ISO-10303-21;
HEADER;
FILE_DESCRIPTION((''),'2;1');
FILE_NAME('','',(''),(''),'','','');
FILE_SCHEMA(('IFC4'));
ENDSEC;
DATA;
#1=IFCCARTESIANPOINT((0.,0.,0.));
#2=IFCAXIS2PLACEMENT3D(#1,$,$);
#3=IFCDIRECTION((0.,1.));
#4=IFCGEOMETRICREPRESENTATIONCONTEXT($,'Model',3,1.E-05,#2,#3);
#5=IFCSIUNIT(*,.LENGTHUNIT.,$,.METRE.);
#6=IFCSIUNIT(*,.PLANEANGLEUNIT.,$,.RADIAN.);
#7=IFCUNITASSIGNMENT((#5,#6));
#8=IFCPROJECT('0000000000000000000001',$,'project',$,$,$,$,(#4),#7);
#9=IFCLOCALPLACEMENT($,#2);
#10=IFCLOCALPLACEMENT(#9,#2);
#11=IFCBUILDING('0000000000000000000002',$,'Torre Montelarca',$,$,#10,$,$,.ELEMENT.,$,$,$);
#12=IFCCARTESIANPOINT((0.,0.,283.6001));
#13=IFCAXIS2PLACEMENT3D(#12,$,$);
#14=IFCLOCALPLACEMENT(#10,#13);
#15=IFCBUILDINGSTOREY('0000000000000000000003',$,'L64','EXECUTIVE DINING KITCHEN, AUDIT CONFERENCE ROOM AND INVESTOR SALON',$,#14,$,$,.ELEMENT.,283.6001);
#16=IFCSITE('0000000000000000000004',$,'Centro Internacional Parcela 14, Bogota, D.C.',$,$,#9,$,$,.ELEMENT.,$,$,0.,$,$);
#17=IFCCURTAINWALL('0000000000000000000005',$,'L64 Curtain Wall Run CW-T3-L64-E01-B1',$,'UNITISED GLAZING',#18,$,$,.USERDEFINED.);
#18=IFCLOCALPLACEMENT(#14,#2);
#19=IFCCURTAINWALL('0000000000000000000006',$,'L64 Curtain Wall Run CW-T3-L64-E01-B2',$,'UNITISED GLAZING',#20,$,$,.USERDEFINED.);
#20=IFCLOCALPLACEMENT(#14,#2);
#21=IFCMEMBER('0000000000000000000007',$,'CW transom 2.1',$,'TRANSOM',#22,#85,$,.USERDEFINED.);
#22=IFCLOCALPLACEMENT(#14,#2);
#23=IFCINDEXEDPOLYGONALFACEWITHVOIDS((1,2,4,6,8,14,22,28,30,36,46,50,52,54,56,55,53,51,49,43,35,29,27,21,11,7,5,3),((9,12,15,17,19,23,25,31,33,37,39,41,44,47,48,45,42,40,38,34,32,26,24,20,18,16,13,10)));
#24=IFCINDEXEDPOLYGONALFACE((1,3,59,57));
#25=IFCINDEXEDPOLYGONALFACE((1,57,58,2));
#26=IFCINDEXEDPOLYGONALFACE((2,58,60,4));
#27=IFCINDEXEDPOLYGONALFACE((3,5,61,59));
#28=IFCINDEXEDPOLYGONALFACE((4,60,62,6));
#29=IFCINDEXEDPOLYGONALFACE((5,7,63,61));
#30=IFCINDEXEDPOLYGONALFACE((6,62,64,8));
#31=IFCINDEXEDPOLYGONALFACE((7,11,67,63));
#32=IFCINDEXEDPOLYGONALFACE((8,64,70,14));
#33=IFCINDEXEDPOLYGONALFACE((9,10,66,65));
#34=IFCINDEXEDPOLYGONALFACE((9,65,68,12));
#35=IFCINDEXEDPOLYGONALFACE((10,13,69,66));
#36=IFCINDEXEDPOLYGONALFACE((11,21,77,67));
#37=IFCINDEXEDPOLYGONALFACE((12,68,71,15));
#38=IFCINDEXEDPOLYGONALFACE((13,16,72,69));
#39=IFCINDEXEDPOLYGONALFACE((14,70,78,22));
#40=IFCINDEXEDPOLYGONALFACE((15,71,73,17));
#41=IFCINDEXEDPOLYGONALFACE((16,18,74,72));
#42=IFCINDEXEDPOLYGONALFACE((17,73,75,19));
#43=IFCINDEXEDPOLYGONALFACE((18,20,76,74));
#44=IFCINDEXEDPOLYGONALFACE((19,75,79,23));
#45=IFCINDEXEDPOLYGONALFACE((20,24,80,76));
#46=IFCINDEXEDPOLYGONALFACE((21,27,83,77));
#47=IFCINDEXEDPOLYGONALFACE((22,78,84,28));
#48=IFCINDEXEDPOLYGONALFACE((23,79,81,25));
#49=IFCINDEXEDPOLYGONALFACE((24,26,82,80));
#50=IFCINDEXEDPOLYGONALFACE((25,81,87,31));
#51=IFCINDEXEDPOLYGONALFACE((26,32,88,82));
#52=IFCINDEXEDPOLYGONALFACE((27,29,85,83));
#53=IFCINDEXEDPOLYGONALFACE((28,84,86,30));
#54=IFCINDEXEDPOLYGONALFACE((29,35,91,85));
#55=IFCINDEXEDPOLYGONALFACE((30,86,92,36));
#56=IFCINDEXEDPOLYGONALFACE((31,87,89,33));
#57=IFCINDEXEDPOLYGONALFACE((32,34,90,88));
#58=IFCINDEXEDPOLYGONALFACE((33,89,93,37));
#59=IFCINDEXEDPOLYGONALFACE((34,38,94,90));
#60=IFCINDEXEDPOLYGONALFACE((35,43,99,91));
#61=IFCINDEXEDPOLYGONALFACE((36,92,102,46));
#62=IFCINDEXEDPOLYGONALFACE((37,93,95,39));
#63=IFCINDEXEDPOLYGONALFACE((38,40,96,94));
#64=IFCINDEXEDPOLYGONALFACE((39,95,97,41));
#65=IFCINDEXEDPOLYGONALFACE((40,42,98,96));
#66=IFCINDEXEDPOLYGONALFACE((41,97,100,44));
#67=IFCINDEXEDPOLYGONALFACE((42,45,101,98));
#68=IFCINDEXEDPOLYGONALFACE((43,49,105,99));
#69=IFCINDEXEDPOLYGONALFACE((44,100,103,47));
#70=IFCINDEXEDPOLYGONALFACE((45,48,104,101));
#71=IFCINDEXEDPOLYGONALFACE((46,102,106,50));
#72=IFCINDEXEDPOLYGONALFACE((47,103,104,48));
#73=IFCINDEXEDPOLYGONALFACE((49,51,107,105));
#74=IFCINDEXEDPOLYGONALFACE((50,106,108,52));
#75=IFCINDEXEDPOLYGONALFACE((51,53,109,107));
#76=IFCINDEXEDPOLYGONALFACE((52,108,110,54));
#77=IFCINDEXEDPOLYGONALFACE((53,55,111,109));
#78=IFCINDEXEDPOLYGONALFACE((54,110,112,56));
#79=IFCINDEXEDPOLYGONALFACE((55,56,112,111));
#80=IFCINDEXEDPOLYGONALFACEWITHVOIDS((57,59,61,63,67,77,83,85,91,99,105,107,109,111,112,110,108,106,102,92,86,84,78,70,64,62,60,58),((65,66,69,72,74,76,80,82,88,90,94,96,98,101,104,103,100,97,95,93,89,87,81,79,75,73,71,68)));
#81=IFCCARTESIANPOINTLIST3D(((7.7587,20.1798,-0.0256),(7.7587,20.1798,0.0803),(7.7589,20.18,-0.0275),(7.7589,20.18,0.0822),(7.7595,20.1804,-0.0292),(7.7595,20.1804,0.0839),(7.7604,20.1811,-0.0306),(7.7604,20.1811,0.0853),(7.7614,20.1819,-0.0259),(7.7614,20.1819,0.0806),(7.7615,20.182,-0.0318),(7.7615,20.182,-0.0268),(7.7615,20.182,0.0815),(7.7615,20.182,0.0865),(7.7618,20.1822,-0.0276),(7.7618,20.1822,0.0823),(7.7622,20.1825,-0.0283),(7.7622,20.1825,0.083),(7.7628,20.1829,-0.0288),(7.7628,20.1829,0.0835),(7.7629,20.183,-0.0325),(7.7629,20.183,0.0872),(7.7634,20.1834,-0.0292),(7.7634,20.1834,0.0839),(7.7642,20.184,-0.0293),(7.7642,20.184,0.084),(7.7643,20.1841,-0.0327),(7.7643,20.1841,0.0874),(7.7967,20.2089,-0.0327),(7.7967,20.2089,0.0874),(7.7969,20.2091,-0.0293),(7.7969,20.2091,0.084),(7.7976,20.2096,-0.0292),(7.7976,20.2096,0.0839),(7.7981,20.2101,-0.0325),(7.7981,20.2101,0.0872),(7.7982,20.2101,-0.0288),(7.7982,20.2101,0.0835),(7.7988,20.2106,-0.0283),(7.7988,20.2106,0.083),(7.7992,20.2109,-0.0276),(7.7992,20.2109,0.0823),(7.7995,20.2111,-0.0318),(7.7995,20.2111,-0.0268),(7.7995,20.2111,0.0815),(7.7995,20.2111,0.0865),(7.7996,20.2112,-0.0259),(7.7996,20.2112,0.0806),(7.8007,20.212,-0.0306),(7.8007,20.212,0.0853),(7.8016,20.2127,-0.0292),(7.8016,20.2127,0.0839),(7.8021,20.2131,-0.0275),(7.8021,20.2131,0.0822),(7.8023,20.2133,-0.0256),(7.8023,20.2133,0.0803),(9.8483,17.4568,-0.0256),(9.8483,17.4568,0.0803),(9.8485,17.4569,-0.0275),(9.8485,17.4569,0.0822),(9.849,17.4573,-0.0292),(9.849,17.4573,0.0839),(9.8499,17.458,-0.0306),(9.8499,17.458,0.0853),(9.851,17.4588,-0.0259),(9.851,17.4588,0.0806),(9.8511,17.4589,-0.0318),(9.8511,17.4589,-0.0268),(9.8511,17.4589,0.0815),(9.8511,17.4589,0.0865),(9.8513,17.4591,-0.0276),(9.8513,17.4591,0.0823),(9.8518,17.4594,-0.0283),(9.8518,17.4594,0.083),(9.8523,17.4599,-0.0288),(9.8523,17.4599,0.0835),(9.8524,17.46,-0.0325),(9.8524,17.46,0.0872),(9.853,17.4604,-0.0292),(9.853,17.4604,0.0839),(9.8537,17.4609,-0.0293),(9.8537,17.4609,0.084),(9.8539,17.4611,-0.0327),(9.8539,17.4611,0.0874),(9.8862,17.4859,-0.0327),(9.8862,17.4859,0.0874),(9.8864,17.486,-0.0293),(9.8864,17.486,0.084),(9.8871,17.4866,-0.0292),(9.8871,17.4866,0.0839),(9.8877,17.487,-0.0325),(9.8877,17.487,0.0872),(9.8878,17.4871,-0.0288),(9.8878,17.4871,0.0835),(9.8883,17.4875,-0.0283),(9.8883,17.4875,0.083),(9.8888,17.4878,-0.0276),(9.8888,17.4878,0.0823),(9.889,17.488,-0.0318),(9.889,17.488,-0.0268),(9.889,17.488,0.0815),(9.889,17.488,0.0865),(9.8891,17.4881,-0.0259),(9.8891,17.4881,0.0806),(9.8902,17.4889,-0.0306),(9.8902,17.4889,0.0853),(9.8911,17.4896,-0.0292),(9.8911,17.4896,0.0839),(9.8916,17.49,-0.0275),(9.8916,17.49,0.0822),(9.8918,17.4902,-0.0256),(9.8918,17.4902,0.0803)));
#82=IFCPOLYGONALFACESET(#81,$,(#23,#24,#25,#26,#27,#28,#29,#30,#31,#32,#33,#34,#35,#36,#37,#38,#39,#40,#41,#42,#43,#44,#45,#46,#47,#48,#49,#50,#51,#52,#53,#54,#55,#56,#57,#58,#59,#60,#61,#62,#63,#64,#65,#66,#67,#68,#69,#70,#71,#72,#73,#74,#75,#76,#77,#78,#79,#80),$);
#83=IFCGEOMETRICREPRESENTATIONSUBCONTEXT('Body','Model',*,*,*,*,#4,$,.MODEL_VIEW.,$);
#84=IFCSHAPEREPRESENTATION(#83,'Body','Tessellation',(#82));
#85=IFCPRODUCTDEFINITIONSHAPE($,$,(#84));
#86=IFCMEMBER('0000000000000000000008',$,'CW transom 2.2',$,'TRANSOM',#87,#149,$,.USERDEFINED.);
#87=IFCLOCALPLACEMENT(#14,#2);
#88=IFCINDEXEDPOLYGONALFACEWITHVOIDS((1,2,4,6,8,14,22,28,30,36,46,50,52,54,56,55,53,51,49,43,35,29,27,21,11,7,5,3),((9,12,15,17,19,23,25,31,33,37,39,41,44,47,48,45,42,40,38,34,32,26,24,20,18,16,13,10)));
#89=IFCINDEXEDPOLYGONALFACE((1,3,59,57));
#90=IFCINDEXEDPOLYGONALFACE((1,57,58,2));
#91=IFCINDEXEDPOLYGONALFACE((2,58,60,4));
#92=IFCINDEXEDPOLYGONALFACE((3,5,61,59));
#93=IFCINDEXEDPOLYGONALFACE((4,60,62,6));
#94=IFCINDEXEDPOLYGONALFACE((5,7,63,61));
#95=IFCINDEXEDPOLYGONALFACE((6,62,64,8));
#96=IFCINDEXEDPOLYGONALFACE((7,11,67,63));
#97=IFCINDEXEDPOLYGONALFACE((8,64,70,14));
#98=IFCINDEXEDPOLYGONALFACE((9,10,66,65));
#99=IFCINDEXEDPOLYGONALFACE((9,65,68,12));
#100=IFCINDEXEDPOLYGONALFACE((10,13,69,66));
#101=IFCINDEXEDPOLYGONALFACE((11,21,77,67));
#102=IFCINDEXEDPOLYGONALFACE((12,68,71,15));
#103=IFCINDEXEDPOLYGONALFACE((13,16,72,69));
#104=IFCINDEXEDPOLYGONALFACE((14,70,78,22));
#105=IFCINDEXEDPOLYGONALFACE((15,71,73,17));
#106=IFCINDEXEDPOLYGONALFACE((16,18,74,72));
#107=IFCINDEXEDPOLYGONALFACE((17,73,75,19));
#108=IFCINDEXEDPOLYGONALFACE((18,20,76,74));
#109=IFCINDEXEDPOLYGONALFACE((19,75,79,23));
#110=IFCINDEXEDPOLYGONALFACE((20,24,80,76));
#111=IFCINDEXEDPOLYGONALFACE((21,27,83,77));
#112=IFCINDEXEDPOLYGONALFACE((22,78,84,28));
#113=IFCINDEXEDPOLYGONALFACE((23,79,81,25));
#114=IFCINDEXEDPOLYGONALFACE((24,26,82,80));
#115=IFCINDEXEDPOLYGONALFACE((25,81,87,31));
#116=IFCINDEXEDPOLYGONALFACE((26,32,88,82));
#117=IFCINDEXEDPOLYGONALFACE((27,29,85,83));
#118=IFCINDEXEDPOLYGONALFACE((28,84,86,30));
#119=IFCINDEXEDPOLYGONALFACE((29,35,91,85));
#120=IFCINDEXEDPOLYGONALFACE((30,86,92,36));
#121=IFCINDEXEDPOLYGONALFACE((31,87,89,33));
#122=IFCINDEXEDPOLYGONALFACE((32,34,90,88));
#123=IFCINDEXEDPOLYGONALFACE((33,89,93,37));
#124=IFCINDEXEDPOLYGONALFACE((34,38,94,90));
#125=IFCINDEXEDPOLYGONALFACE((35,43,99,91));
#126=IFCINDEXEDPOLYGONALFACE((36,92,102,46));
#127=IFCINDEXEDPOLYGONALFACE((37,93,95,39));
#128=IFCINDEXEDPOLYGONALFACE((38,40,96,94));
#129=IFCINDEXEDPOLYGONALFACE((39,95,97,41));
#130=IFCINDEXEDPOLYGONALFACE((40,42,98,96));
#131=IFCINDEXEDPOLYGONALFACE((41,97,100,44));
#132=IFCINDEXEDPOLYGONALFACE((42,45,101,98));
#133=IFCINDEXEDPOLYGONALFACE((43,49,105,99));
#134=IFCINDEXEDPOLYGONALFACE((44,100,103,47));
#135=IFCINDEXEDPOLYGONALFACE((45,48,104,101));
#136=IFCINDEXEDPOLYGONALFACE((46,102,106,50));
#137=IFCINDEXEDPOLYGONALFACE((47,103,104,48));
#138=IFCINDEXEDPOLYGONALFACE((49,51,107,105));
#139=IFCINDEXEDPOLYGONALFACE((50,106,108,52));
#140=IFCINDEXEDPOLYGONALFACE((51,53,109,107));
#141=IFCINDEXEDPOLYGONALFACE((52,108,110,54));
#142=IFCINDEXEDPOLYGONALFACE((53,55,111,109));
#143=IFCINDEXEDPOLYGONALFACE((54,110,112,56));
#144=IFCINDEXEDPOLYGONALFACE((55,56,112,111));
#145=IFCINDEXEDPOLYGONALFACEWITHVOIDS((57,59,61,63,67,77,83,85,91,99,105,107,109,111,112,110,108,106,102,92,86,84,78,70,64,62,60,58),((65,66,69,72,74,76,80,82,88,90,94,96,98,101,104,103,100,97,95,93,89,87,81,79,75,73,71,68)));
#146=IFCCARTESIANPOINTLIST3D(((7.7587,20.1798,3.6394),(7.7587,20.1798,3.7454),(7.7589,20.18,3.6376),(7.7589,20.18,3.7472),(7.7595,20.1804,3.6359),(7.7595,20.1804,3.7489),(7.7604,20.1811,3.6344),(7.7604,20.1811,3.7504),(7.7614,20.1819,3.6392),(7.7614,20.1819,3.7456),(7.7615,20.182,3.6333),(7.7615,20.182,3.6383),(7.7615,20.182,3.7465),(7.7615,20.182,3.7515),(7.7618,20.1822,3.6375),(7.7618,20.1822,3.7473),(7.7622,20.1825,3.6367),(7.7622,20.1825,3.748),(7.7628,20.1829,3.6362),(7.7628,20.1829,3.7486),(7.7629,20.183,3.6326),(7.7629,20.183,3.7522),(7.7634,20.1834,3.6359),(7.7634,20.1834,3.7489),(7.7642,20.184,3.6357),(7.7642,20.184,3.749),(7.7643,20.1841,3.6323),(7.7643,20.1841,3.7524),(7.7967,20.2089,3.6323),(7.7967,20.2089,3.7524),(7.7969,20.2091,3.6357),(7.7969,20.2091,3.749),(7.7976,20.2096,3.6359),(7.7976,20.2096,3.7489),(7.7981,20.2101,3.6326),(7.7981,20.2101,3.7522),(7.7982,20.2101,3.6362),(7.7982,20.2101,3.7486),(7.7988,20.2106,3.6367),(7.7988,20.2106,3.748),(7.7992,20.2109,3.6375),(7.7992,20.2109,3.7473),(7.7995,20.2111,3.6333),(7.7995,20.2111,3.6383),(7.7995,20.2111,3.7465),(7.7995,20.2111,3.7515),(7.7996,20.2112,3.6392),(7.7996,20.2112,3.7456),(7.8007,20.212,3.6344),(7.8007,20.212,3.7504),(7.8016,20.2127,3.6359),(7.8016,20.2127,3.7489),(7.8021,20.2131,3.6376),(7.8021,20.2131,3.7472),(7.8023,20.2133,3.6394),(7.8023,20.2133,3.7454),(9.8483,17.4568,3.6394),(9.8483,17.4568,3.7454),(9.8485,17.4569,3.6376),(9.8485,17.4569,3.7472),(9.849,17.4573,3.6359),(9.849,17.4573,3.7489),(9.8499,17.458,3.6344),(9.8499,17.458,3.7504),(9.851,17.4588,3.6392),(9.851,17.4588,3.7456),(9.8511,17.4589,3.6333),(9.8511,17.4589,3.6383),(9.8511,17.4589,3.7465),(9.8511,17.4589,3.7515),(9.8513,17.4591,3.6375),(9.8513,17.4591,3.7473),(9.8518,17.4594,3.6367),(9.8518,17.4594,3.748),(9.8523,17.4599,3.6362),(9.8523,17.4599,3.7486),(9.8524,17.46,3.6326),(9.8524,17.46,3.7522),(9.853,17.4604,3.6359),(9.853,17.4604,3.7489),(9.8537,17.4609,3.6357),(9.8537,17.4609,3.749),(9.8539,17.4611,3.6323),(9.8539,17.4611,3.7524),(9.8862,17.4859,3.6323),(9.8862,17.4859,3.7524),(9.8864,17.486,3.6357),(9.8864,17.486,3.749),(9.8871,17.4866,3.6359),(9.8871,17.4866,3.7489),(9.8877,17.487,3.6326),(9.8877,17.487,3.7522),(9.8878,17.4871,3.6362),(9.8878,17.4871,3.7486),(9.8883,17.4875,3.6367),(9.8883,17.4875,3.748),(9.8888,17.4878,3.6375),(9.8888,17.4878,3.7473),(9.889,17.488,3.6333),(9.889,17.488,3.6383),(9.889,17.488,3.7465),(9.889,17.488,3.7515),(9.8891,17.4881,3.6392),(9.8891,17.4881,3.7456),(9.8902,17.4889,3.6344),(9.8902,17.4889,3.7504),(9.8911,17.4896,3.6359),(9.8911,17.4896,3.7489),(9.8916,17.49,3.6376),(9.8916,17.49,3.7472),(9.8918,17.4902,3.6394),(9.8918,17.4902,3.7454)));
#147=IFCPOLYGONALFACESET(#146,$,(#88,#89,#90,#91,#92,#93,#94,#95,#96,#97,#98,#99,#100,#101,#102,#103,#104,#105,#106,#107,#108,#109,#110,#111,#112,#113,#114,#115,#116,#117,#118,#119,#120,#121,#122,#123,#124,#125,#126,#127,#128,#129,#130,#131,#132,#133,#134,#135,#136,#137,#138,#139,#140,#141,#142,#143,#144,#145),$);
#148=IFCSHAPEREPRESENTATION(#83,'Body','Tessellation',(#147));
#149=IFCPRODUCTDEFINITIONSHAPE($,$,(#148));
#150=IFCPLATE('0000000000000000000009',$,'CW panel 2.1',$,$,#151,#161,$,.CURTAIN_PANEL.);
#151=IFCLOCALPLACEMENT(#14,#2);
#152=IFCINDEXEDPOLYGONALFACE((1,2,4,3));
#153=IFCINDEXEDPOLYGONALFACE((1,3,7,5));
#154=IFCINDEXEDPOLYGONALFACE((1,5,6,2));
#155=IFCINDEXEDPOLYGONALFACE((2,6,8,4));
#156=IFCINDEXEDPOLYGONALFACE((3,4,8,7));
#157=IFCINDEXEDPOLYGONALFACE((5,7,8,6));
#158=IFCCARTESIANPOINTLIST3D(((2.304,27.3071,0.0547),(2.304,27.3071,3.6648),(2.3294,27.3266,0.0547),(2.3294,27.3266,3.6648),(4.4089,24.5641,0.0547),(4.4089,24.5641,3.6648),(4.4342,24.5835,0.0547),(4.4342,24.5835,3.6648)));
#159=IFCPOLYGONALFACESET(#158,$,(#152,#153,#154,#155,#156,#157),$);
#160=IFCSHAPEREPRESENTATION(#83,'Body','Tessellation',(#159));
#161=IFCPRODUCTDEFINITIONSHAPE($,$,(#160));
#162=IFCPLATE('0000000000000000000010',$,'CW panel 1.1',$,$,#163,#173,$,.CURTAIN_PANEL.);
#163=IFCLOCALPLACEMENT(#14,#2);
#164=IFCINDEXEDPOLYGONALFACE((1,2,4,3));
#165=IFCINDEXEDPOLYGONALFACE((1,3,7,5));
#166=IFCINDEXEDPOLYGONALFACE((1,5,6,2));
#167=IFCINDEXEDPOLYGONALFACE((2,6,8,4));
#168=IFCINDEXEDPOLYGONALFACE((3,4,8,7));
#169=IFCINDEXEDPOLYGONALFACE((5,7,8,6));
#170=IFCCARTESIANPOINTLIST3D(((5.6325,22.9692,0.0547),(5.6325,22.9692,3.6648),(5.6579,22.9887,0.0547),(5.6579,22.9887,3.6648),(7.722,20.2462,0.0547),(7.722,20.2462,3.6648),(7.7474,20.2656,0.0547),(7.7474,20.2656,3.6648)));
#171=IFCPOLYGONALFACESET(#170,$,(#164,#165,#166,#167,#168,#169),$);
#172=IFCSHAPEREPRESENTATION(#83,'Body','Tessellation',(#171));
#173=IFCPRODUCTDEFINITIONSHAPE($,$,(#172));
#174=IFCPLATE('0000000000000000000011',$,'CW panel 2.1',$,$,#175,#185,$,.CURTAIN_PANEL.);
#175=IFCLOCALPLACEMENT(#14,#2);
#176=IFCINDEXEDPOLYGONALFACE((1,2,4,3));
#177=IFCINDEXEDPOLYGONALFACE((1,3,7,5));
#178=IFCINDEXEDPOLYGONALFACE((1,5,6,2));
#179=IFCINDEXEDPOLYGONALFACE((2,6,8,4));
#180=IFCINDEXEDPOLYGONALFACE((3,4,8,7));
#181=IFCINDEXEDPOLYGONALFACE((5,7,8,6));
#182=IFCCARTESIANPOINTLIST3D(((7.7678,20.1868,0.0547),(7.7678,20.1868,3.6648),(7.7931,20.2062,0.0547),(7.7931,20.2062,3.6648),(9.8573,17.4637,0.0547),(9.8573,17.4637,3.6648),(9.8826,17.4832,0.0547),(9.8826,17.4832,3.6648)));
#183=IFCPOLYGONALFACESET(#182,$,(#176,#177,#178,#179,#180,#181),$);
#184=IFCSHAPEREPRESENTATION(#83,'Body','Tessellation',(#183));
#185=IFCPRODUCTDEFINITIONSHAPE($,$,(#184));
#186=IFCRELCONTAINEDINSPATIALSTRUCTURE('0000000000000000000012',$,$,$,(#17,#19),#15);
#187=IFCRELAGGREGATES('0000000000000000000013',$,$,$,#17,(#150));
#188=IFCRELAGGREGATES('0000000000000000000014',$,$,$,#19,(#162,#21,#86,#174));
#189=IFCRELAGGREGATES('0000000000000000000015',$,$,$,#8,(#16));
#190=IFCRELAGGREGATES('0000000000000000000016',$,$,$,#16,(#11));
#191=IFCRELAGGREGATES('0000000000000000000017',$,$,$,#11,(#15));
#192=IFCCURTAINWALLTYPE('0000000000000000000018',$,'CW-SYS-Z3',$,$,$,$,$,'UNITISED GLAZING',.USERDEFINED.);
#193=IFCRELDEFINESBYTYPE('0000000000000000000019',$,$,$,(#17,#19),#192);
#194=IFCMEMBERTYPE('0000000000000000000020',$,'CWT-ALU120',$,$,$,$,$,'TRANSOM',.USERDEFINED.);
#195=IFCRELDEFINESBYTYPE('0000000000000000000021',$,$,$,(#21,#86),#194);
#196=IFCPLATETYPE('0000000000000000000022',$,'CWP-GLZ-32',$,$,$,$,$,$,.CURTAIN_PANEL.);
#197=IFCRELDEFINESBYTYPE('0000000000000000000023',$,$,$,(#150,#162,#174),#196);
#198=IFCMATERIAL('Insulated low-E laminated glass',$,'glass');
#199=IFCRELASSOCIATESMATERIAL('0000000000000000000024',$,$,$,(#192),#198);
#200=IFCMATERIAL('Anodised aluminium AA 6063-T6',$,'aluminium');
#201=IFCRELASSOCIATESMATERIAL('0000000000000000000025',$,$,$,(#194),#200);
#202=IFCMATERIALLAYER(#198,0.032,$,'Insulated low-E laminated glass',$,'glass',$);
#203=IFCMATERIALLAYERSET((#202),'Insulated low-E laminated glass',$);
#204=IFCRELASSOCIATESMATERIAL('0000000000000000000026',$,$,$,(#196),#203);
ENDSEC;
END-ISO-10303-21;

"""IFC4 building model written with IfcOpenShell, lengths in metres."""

from ifc_helpers import new_model, si_unit, direction, frame, origin, origin_2d, place, context, subcontext, project, spatial, rectangle, hollow_rectangle, extrude, source, transform, mapped, material, layer, layer_set, material_profile, profile_set, type_object, element, aggregate, save


model = new_model("IFC4")

# Units and contexts
model_context = context("Model", 3, precision=1e-05, world=origin(), true_north=direction((0.0, 1.0)))
body_context = subcontext(model_context, "Body", "Model", "MODEL_VIEW")
ifc_project = project(units=[si_unit("LENGTHUNIT", "METRE"), si_unit("PLANEANGLEUNIT", "RADIAN")], contexts=[model_context])

# Site, building, storey
site_placement = place(None, origin())
site = spatial("IfcSite", under=ifc_project, at=site_placement, Name="Centro Internacional Parcela 14, Bogota, D.C.", CompositionType="ELEMENT", RefElevation=0.0)
building_placement = place(site_placement, origin())
building = spatial("IfcBuilding", under=site, at=building_placement, Name="Torre Montelarca", CompositionType="ELEMENT")
storey_placement = place(building_placement, frame((0.0, 0.0, 283.6001)))
storey = spatial("IfcBuildingStorey", under=building, at=storey_placement, Name="L64", Description="EXECUTIVE DINING KITCHEN, AUDIT CONFERENCE ROOM AND INVESTOR SALON", CompositionType="ELEMENT", Elevation=283.6001)

# Curtain walls
ifc_material_1 = material(Name="Insulated low-E laminated glass", Category="glass")
curtain_wall_type = type_object("IfcCurtainWallType", Name="CW-SYS-Z3", ElementType="UNITISED GLAZING", PredefinedType="USERDEFINED", material=ifc_material_1)
curtain_wall_1_placement = place(storey_placement, origin())
curtain_wall_1 = element("IfcCurtainWall", 1, at=curtain_wall_1_placement, inside=storey, type_object=curtain_wall_type, Name="L64 Curtain Wall Run CW-T3-L64-E01-B1", ObjectType="UNITISED GLAZING", PredefinedType="USERDEFINED")
ifc_material_2 = material(Name="Anodised aluminium AA 6063-T6", Category="aluminium")
curtain_wall_2_placement = place(storey_placement, origin())
curtain_wall_2 = element("IfcCurtainWall", 2, at=curtain_wall_2_placement, inside=storey, type_object=curtain_wall_type, Name="L64 Curtain Wall Run CW-T3-L64-E01-B2", ObjectType="UNITISED GLAZING", PredefinedType="USERDEFINED")

# Members
ifc_material_profile_1 = material_profile(ifc_material_2, hollow_rectangle(XDim=0.0549, YDim=0.1201, WallThickness=0.0034, InnerFilletRadius=0.0034, OuterFilletRadius=0.0071, at=origin_2d()), Name="ALU55X120X3.5", Category="aluminium")
ifc_profile_set_1 = profile_set([ifc_material_profile_1], Name="Anodised aluminium AA 6063-T6")
member_type_1 = type_object("IfcMemberType", Name="CWT-ALU120", ElementType="TRANSOM", PredefinedType="USERDEFINED", material=ifc_profile_set_1)
shared_shape_1 = source(origin(), body_context, "Body", "SweptSolid", [
    extrude(hollow_rectangle(XDim=0.0549, YDim=0.1201, WallThickness=0.0034, InnerFilletRadius=0.0034, OuterFilletRadius=0.0071, at=origin_2d()), origin(), (0.0, 0.0, 1.0), 3.4324),
])
member_1_placement = place(storey_placement, frame((7.7805, 20.1965, 0.0273), z_axis=(0.608772, -0.793345, 0.0), x_axis=(0.793345, 0.608772, 0.0)))
member_1 = element("IfcMember", 3, at=member_1_placement, type_object=member_type_1, Name="CW transom 2.1", ObjectType="TRANSOM", PredefinedType="USERDEFINED", context=body_context, shape_type="MappedRepresentation", body=[
    mapped(shared_shape_1, transform((0.0, 0.0, 0.0), scale=1.0)),
])
member_2_placement = place(storey_placement, frame((7.7805, 20.1965, 3.6924), z_axis=(0.608772, -0.793345, 0.0), x_axis=(0.793345, 0.608772, 0.0)))
member_2 = element("IfcMember", 4, at=member_2_placement, type_object=member_type_1, Name="CW transom 2.2", ObjectType="TRANSOM", PredefinedType="USERDEFINED", context=body_context, shape_type="MappedRepresentation", body=[
    mapped(shared_shape_1, transform((0.0, 0.0, 0.0), scale=1.0)),
])

# Plates
ifc_layer_1 = layer(ifc_material_1, 0.032, Name="Insulated low-E laminated glass", Category="glass")
ifc_layer_set_1 = layer_set([ifc_layer_1], Name="Insulated low-E laminated glass")
plate_type = type_object("IfcPlateType", Name="CWP-GLZ-32", PredefinedType="CURTAIN_PANEL", material=ifc_layer_set_1)
shared_shape_2 = source(origin(), body_context, "Body", "SweptSolid", [
    extrude(rectangle(XDim=3.4575, YDim=0.032, at=origin_2d()), origin(), (0.0, 0.0, 1.0), 3.6101),
])
plate_1_placement = place(storey_placement, frame((3.3691, 25.9453, 0.0547), z_axis=(0.0, 0.0, 1.0), x_axis=(0.608768, -0.793348, 0.0)))
plate_1 = element("IfcPlate", 5, at=plate_1_placement, type_object=plate_type, Name="CW panel 2.1", PredefinedType="CURTAIN_PANEL", context=body_context, shape_type="MappedRepresentation", body=[
    mapped(shared_shape_2, transform((0.0, 0.0, 0.0), scale=1.0)),
])
aggregate(curtain_wall_1, [plate_1])
shared_shape_3 = source(origin(), body_context, "Body", "SweptSolid", [
    extrude(rectangle(XDim=3.4324, YDim=0.032, at=origin_2d()), origin(), (0.0, 0.0, 1.0), 3.6101),
])
plate_2_placement = place(storey_placement, frame((6.6899, 21.6174, 0.0547), z_axis=(0.0, 0.0, 1.0), x_axis=(0.608765, -0.793351, 0.0)))
plate_2 = element("IfcPlate", 6, at=plate_2_placement, type_object=plate_type, Name="CW panel 1.1", PredefinedType="CURTAIN_PANEL", context=body_context, shape_type="MappedRepresentation", body=[
    mapped(shared_shape_3, transform((0.0, 0.0, 0.0), scale=1.0)),
])
plate_3_placement = place(storey_placement, frame((8.8252, 18.835, 0.0547), z_axis=(0.0, 0.0, 1.0), x_axis=(0.608765, -0.793351, 0.0)))
plate_3 = element("IfcPlate", 7, at=plate_3_placement, type_object=plate_type, Name="CW panel 2.1", PredefinedType="CURTAIN_PANEL", context=body_context, shape_type="MappedRepresentation", body=[
    mapped(shared_shape_3, transform((0.0, 0.0, 0.0), scale=1.0)),
])
aggregate(curtain_wall_2, [plate_2, member_1, member_2, plate_3])

save(model, "model.ifc")
